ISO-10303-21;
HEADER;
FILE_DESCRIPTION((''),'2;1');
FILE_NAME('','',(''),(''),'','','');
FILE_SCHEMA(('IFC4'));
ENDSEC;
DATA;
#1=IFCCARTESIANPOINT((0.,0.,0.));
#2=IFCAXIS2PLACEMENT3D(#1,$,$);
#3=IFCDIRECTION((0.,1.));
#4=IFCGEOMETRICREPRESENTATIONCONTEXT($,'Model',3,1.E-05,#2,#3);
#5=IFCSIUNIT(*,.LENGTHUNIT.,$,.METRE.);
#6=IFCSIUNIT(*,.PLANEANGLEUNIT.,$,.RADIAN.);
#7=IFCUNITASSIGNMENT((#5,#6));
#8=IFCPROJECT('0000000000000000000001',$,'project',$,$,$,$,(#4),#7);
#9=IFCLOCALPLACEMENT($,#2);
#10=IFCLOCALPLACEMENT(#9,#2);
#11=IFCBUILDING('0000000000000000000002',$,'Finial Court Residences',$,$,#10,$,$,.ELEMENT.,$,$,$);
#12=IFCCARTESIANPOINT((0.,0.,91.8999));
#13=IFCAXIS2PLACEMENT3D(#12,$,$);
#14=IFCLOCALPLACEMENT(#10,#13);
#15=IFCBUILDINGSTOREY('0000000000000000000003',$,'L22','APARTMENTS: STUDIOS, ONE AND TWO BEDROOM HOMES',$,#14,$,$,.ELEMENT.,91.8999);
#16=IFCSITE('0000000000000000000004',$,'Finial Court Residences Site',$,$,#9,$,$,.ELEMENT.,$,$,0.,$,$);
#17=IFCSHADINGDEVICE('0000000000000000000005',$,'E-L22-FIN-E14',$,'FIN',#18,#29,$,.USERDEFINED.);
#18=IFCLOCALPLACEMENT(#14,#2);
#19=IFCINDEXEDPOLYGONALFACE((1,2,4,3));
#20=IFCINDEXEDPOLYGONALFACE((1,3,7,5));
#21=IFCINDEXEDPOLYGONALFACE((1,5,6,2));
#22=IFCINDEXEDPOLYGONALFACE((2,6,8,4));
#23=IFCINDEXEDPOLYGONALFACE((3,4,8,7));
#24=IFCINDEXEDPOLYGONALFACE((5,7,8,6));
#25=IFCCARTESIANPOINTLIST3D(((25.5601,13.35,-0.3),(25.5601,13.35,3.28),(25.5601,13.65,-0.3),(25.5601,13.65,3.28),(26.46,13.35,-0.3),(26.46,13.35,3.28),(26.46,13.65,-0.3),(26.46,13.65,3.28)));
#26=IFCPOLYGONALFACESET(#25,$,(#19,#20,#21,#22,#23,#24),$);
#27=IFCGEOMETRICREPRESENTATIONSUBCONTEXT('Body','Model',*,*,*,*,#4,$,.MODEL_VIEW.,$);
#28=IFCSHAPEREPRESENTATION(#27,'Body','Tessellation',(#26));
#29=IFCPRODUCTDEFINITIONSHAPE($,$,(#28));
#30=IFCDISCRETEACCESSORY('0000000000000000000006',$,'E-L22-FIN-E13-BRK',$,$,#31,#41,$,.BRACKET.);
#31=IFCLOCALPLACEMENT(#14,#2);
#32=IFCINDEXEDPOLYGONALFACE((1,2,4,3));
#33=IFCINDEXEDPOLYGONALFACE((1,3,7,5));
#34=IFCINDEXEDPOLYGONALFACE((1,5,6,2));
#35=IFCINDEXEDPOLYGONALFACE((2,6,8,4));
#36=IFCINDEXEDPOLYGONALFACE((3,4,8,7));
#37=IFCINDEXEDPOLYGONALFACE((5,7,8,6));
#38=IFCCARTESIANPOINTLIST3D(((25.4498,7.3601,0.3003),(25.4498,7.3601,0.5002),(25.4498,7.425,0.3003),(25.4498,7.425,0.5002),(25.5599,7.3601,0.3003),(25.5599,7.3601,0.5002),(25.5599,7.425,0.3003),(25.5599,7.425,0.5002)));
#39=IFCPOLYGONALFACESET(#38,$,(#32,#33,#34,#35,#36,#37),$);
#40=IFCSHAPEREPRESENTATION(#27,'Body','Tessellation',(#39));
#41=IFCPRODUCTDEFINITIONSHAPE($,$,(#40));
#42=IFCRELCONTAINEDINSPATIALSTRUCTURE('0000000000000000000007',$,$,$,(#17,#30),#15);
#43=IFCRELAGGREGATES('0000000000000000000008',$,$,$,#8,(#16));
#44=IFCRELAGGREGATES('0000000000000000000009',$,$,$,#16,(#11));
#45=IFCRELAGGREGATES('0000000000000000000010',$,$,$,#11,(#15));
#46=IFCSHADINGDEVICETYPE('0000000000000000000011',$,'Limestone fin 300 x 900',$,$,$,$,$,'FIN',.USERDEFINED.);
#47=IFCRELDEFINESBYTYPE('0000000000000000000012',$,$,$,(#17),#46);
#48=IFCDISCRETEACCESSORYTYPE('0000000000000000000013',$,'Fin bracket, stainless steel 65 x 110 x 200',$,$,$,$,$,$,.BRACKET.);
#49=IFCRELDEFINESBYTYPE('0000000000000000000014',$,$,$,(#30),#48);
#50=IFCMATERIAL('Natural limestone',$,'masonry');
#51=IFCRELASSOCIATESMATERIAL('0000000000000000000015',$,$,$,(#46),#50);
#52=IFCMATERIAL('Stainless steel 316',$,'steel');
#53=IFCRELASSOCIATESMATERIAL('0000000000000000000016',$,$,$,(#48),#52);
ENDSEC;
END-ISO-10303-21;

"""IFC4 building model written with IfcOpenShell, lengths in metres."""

from ifc_helpers import new_model, si_unit, direction, frame, origin, origin_2d, place, context, subcontext, project, spatial, rectangle, extrude, material, type_object, element, save


model = new_model("IFC4")

# Units and contexts
model_context = context("Model", 3, precision=1e-05, world=origin(), true_north=direction((0.0, 1.0)))
body_context = subcontext(model_context, "Body", "Model", "MODEL_VIEW")
ifc_project = project(units=[si_unit("LENGTHUNIT", "METRE"), si_unit("PLANEANGLEUNIT", "RADIAN")], contexts=[model_context])

# Site, building, storey
site_placement = place(None, origin())
site = spatial("IfcSite", under=ifc_project, at=site_placement, Name="Finial Court Residences Site", CompositionType="ELEMENT", RefElevation=0.0)
building_placement = place(site_placement, origin())
building = spatial("IfcBuilding", under=site, at=building_placement, Name="Finial Court Residences", CompositionType="ELEMENT")
storey_placement = place(building_placement, frame((0.0, 0.0, 91.8999)))
storey = spatial("IfcBuildingStorey", under=building, at=storey_placement, Name="L22", Description="APARTMENTS: STUDIOS, ONE AND TWO BEDROOM HOMES", CompositionType="ELEMENT", Elevation=91.8999)

# Shared definitions
ifc_material_1 = material(Name="Natural limestone", Category="masonry")

# Shading device
shading_device_type = type_object("IfcShadingDeviceType", Name="Limestone fin 300 x 900", ElementType="FIN", PredefinedType="USERDEFINED", material=ifc_material_1)
for number, where, z_axis, x_axis, name in (
    (1, (26.01, 13.5, -0.3), (0.0, 0.0, 1.0), (1.0, 0.0, 0.0), "E-L22-FIN-E14"),
):
    element("IfcShadingDevice", number, at=place(storey_placement, frame(where, z_axis=z_axis, x_axis=x_axis)), inside=storey, type_object=shading_device_type, Name=name, ObjectType="FIN", PredefinedType="USERDEFINED", context=body_context, shape_type="SweptSolid", body=[
        extrude(rectangle(XDim=0.8999, YDim=0.3, at=origin_2d()), origin(), (0.0, 0.0, 1.0), 3.5801),
    ])

# Discrete accessory
ifc_material_2 = material(Name="Stainless steel 316", Category="steel")
discrete_accessory_type = type_object("IfcDiscreteAccessoryType", Name="Fin bracket, stainless steel 65 x 110 x 200", PredefinedType="BRACKET", material=ifc_material_2)
discrete_accessory_placement = place(storey_placement, frame((25.5049, 7.3926, 0.3003), z_axis=(0.0, 0.0, 1.0), x_axis=(1.0, 0.0, 0.0)))
element("IfcDiscreteAccessory", 2, at=discrete_accessory_placement, inside=storey, type_object=discrete_accessory_type, Name="E-L22-FIN-E13-BRK", PredefinedType="BRACKET", context=body_context, shape_type="SweptSolid", body=[
    extrude(rectangle(XDim=0.1101, YDim=0.0649, at=origin_2d()), origin(), (0.0, 0.0, 1.0), 0.2),
])

save(model, "model.ifc")
